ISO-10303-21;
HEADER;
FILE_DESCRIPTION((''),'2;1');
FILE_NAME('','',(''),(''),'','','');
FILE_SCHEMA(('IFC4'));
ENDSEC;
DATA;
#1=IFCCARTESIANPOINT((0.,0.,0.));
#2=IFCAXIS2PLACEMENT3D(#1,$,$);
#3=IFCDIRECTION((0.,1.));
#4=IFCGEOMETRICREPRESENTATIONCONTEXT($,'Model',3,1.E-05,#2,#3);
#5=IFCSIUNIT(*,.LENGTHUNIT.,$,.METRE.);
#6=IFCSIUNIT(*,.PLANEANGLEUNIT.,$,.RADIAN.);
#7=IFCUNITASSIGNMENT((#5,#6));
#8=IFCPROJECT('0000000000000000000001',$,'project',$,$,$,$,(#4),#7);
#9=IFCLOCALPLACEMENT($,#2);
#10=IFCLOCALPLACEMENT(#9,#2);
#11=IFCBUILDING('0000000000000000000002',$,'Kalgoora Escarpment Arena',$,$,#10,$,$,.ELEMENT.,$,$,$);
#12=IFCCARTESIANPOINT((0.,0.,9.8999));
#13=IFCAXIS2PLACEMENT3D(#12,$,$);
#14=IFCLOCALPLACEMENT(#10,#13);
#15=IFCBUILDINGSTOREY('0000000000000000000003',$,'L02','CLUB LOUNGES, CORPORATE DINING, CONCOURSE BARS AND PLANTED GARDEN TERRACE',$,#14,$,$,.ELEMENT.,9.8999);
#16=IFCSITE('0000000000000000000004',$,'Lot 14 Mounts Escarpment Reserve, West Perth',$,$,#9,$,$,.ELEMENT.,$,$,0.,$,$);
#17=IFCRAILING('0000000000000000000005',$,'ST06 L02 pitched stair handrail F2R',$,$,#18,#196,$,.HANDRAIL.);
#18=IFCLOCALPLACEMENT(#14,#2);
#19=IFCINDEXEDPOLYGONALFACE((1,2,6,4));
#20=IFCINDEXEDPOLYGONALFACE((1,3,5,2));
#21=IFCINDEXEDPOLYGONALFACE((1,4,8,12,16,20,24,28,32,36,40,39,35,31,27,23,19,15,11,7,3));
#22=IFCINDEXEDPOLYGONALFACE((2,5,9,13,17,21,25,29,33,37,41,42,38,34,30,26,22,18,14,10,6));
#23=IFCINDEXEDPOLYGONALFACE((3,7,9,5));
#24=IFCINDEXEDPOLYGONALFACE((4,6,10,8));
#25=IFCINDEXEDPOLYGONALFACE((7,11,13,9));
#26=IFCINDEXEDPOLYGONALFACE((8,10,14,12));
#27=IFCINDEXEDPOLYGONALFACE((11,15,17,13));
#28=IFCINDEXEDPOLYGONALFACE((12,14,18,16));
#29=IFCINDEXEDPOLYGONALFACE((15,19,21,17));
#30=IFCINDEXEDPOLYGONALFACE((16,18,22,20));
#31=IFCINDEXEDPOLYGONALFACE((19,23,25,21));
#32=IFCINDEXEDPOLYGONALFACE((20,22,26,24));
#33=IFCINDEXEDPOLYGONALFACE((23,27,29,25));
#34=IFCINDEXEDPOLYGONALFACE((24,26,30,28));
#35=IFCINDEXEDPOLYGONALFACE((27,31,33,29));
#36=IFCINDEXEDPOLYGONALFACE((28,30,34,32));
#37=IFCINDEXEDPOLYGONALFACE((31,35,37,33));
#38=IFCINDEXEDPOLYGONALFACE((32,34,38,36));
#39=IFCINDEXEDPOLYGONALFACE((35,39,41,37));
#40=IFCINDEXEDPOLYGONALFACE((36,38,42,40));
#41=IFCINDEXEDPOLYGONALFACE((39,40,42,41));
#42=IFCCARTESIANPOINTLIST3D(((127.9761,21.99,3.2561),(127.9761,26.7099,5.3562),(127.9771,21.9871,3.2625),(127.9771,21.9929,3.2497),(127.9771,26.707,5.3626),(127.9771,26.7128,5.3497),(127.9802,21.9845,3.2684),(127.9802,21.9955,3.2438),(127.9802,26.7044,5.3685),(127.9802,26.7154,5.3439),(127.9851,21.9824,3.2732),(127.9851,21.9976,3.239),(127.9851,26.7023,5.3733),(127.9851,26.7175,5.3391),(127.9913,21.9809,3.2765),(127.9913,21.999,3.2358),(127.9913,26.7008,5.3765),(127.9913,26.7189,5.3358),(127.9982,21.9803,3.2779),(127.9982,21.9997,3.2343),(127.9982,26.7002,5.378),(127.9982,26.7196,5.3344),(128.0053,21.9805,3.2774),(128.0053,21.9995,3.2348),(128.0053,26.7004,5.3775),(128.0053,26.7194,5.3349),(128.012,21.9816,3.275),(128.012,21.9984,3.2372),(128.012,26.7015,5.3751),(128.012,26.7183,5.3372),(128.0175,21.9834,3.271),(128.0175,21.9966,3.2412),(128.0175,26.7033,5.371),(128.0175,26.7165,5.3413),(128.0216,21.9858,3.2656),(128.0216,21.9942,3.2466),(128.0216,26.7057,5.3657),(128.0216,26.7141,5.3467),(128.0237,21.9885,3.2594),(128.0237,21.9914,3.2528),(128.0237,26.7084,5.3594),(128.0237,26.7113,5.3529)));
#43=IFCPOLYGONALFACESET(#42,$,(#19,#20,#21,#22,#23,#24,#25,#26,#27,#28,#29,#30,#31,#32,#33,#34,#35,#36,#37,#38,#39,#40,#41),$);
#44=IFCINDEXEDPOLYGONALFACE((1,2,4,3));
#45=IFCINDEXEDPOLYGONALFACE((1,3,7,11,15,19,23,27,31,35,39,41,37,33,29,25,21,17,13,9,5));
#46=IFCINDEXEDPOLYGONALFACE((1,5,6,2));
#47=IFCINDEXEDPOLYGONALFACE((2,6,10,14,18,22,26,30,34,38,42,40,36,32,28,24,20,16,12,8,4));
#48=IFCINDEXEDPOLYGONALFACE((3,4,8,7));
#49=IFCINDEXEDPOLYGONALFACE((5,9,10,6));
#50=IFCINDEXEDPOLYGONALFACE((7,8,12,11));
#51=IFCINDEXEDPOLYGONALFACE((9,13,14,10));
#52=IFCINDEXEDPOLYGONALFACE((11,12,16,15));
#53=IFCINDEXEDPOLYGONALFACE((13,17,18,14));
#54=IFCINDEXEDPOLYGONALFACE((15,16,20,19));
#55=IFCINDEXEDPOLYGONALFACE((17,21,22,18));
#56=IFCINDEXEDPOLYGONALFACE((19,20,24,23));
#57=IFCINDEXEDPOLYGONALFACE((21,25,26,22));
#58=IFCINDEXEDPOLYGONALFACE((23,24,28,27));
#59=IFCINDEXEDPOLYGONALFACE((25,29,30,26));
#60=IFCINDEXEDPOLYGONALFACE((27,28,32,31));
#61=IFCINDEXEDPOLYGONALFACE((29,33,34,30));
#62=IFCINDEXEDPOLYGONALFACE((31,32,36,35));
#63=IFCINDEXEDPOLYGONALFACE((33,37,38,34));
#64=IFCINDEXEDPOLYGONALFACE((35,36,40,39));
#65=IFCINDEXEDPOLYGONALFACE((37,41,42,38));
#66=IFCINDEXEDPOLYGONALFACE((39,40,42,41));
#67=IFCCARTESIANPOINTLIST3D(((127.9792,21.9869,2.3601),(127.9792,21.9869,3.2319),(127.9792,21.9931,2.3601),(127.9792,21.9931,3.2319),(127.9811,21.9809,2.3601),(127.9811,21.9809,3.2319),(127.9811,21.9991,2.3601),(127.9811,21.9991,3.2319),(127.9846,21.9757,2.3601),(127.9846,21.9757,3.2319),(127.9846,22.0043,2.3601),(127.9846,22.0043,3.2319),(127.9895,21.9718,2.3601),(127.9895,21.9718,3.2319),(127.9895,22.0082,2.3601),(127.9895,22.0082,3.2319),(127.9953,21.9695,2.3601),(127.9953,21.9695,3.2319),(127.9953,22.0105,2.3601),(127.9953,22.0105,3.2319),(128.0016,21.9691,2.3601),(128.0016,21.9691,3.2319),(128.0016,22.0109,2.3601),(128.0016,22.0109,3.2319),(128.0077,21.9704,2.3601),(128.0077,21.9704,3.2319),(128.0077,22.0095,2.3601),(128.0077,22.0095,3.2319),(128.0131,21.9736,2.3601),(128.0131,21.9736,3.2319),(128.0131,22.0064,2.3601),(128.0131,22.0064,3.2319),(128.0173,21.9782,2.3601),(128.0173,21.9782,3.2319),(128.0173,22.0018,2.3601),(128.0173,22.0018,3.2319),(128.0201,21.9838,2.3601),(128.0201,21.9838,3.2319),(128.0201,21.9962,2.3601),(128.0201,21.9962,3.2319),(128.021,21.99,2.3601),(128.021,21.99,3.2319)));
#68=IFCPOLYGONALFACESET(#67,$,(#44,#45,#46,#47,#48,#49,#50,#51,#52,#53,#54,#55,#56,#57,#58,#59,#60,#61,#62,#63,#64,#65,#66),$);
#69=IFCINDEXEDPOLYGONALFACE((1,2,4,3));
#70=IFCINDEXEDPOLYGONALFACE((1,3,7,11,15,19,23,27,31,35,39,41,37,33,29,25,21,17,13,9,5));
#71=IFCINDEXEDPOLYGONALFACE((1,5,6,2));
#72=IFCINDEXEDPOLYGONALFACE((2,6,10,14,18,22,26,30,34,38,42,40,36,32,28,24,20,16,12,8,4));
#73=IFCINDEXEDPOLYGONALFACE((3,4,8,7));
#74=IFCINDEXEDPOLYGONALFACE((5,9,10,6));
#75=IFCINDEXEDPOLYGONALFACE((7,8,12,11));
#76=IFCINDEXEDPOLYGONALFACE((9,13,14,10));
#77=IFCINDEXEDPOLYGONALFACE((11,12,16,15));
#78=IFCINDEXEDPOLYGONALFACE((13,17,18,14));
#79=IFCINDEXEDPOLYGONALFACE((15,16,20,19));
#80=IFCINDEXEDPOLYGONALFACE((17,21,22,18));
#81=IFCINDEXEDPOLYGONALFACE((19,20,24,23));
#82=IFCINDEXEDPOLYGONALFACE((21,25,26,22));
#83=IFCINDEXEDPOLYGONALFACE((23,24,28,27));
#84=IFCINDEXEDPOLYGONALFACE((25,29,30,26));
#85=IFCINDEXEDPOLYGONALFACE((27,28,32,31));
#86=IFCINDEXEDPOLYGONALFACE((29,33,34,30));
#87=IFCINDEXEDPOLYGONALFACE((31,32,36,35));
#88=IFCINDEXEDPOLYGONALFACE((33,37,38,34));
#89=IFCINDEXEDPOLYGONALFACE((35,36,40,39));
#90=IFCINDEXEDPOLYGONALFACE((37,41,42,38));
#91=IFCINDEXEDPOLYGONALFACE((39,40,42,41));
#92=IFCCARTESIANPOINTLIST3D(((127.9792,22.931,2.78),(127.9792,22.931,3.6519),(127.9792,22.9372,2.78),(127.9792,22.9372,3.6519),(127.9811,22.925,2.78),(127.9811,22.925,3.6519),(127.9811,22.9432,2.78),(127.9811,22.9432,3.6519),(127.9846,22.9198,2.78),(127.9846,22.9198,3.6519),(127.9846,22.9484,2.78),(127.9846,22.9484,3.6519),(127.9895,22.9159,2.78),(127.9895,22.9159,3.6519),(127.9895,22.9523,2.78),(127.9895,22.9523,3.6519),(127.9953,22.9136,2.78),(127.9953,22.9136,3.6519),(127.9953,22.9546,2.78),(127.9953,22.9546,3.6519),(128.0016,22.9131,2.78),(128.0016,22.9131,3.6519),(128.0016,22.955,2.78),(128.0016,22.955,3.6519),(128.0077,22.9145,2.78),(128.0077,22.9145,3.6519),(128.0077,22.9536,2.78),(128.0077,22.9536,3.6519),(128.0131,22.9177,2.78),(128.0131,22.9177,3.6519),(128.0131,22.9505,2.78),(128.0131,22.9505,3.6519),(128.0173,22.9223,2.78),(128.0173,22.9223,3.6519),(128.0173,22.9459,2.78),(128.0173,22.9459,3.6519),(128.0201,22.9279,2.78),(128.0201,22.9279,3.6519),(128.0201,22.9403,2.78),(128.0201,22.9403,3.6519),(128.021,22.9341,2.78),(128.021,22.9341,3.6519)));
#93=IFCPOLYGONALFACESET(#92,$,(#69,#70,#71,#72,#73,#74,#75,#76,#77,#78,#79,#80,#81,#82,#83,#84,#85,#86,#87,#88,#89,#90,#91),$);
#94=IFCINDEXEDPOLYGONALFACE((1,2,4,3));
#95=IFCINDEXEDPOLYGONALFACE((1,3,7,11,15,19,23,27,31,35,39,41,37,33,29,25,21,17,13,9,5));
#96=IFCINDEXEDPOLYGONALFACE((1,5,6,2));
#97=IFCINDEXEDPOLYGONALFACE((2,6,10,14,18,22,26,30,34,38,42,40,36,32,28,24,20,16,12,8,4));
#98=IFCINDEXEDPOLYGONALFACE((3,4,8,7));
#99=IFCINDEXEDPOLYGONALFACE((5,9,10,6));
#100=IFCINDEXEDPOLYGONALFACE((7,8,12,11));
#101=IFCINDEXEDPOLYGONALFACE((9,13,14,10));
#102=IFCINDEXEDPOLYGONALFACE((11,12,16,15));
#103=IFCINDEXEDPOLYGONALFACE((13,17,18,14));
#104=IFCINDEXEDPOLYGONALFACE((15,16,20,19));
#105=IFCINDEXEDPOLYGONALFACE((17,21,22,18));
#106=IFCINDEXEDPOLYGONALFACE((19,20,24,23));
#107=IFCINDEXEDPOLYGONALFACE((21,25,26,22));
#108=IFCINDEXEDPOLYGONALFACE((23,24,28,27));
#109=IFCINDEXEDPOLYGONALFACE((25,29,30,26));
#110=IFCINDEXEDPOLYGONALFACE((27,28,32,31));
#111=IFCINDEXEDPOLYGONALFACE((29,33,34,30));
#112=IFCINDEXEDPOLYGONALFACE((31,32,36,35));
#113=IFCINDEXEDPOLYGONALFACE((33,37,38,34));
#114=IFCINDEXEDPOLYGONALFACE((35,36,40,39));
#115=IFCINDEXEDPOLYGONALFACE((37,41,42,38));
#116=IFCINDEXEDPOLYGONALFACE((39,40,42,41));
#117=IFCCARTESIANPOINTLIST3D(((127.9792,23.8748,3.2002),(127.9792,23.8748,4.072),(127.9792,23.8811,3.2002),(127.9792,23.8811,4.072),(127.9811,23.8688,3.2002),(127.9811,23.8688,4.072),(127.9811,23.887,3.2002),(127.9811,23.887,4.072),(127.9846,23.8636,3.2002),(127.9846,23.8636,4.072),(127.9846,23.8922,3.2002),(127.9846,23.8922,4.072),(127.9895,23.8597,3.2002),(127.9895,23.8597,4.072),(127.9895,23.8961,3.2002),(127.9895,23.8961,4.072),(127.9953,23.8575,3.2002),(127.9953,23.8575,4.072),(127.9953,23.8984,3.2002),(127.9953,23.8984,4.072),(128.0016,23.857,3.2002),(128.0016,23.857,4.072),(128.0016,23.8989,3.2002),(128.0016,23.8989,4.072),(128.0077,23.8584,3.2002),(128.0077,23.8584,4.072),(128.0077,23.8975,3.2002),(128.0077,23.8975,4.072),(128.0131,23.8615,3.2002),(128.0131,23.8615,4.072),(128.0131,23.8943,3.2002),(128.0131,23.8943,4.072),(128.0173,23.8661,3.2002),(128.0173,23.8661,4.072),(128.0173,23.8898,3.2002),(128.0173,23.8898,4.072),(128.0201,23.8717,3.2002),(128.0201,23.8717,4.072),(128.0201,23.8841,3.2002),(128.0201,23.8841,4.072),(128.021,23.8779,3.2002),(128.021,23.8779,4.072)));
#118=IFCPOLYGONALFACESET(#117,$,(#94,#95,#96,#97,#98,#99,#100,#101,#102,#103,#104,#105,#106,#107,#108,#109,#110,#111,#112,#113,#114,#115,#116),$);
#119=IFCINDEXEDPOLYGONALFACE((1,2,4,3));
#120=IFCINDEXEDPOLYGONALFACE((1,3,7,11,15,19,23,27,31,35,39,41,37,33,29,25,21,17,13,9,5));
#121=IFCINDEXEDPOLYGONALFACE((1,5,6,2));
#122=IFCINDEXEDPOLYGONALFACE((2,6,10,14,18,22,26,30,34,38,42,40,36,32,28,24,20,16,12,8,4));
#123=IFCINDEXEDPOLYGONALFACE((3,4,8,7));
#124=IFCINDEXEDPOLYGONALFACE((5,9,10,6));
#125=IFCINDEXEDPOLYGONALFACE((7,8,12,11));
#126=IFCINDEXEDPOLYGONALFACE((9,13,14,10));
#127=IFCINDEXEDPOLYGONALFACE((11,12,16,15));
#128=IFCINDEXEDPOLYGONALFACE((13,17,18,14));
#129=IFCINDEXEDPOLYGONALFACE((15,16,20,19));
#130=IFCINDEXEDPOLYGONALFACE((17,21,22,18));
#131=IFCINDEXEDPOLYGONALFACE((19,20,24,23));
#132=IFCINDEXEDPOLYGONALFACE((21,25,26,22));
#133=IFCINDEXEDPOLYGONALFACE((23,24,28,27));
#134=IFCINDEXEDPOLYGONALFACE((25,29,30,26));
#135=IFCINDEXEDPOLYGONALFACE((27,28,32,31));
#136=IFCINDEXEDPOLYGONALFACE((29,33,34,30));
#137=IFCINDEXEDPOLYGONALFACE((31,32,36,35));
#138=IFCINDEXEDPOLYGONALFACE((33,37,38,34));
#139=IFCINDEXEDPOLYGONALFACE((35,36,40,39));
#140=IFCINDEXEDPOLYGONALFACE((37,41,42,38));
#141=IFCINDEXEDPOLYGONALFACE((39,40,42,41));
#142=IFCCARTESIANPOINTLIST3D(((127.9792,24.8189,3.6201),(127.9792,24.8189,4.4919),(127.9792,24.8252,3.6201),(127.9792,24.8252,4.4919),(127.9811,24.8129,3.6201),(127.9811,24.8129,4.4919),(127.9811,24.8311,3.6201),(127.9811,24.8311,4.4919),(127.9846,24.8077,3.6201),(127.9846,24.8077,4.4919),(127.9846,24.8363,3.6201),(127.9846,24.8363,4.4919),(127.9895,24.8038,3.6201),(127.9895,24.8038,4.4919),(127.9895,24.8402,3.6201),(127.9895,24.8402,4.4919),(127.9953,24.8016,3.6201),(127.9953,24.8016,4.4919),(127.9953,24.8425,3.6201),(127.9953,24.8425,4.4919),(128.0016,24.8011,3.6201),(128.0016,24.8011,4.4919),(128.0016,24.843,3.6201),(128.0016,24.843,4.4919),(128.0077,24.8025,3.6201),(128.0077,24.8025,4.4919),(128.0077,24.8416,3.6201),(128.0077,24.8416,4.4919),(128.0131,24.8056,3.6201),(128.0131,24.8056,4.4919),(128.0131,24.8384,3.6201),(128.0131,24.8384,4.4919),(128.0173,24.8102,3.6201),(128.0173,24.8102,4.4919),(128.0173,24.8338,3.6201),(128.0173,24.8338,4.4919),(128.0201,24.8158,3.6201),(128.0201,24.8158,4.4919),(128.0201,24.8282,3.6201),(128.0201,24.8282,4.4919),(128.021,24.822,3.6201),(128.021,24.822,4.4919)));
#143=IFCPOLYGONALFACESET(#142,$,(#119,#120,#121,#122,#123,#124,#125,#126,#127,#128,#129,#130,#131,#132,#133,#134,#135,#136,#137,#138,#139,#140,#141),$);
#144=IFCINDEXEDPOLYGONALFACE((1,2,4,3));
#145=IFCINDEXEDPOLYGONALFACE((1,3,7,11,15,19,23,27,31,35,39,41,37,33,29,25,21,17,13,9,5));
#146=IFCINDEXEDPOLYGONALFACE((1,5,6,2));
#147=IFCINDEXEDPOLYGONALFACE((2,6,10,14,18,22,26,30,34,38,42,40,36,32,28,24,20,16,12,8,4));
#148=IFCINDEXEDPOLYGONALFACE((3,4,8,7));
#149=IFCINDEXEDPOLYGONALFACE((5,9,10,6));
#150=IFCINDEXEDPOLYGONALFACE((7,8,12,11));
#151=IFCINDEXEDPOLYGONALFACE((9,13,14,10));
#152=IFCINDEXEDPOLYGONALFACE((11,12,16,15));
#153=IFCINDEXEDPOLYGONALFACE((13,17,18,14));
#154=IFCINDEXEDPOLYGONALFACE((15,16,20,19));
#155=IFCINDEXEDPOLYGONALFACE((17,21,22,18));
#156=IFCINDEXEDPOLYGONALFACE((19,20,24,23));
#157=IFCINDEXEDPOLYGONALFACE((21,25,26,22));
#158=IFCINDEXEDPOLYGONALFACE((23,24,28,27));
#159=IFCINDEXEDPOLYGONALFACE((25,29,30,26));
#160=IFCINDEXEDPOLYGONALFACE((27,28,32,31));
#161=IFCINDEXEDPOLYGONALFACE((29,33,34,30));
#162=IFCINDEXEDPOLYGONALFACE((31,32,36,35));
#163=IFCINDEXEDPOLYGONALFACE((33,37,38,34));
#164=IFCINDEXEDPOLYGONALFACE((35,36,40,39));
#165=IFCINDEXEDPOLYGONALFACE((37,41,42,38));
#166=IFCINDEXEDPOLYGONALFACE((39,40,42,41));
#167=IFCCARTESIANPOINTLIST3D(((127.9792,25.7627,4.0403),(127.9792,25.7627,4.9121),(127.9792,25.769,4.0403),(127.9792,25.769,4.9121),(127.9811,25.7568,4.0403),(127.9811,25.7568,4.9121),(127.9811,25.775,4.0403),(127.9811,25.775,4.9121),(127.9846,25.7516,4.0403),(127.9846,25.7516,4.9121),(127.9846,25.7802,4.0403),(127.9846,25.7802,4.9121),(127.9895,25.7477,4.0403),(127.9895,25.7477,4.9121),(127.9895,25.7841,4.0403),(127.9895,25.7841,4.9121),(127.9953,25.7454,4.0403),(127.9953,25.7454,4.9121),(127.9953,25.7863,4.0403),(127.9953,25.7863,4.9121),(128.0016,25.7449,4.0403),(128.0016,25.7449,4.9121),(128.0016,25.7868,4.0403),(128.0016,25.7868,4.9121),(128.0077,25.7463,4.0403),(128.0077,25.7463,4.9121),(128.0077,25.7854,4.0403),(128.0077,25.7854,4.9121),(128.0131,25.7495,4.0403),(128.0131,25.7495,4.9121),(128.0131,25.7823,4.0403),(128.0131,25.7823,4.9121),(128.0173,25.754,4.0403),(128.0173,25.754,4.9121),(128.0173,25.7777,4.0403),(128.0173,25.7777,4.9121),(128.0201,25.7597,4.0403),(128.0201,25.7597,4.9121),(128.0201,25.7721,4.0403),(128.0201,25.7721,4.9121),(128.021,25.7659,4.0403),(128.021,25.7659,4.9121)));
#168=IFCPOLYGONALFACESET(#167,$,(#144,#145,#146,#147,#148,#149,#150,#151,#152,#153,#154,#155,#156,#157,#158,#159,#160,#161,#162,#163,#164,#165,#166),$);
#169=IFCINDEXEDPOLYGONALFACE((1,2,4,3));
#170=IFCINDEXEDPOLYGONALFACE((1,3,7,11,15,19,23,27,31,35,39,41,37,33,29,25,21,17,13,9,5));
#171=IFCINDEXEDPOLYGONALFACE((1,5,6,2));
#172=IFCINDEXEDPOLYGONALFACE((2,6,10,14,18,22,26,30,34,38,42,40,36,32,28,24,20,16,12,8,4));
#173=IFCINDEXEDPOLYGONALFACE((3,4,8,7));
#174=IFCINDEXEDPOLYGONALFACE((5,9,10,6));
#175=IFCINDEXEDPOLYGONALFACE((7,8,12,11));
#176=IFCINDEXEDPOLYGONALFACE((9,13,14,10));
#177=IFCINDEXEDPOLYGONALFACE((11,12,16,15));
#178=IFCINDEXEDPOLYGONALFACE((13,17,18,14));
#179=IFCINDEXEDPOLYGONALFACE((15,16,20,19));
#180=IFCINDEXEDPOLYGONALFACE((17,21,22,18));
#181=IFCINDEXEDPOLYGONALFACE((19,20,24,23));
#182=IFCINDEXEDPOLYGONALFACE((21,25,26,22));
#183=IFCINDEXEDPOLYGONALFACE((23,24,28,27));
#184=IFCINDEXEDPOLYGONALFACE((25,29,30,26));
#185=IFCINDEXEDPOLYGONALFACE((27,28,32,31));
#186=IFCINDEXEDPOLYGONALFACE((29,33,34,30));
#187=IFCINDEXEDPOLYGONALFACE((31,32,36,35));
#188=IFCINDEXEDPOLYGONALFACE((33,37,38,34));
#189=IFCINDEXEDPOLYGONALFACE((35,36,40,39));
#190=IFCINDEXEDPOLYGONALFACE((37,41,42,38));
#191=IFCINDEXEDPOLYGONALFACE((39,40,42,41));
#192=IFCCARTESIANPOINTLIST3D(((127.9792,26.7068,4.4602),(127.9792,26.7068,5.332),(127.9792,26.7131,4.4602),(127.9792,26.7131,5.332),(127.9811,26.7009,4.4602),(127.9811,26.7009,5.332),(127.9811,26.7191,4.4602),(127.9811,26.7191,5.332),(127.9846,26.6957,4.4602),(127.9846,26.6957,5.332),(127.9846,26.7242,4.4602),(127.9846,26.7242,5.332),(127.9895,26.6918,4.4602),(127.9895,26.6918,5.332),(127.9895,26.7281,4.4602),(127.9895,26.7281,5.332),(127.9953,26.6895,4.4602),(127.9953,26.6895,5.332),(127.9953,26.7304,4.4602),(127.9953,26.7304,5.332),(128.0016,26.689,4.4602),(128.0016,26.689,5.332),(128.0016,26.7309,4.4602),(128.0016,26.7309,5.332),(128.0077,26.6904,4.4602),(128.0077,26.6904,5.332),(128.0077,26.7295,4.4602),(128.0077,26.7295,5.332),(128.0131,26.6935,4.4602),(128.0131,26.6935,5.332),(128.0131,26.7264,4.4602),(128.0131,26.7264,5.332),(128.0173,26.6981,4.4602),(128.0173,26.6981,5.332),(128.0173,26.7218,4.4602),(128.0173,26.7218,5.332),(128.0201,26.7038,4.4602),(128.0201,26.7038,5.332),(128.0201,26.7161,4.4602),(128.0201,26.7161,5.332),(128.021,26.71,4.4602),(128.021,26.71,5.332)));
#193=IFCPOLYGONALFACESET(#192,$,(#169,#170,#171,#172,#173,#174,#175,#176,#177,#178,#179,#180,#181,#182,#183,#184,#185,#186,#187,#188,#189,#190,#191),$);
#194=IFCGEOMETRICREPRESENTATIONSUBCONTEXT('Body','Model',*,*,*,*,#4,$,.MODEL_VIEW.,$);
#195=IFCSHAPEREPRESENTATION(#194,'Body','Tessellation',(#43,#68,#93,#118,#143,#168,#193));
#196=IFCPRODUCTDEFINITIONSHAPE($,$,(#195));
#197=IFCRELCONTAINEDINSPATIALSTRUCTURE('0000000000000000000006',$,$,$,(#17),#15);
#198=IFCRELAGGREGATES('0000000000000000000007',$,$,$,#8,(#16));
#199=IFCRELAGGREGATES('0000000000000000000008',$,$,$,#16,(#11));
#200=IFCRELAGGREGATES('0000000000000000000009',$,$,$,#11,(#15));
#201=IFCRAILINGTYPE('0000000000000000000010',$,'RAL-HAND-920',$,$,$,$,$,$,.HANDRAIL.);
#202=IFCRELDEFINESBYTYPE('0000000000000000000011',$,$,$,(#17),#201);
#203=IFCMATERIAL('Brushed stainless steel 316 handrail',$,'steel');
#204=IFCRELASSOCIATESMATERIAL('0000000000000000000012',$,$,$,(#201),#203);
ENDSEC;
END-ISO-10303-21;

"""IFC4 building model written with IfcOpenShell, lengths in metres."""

from ifc_helpers import new_model, si_unit, direction, frame, origin, origin_2d, place, context, subcontext, project, spatial, circle, extrude, material, type_object, element, save


model = new_model("IFC4")

# Units and contexts
model_context = context("Model", 3, precision=1e-05, world=origin(), true_north=direction((0.0, 1.0)))
body_context = subcontext(model_context, "Body", "Model", "MODEL_VIEW")
ifc_project = project(units=[si_unit("LENGTHUNIT", "METRE"), si_unit("PLANEANGLEUNIT", "RADIAN")], contexts=[model_context])

# Site, building, storey
site_placement = place(None, origin())
site = spatial("IfcSite", under=ifc_project, at=site_placement, Name="Lot 14 Mounts Escarpment Reserve, West Perth", CompositionType="ELEMENT", RefElevation=0.0)
building_placement = place(site_placement, origin())
building = spatial("IfcBuilding", under=site, at=building_placement, Name="Kalgoora Escarpment Arena", CompositionType="ELEMENT")
storey_placement = place(building_placement, frame((0.0, 0.0, 9.8999)))
storey = spatial("IfcBuildingStorey", under=building, at=storey_placement, Name="L02", Description="CLUB LOUNGES, CORPORATE DINING, CONCOURSE BARS AND PLANTED GARDEN TERRACE", CompositionType="ELEMENT", Elevation=9.8999)

# Railing
ifc_material_1 = material(Name="Brushed stainless steel 316 handrail", Category="steel")
railing_type_1 = type_object("IfcRailingType", Name="RAL-HAND-920", PredefinedType="HANDRAIL", material=ifc_material_1)
for number, where, name in (
    (1, (128.0, 21.99, 2.3601), "ST06 L02 pitched stair handrail F2R"),
):
    element("IfcRailing", number, at=place(storey_placement, frame(where)), inside=storey, type_object=railing_type_1, Name=name, PredefinedType="HANDRAIL", context=body_context, shape_type="SweptSolid", body=[
        extrude(circle(Radius=0.0239, at=origin_2d()), frame((0.0, 0.0, 0.896), z_axis=(0.0, 0.913644, 0.406516), x_axis=(-1.0, 0.0, 0.0)), (0.0, 0.0, 1.0), 5.166),
        extrude(circle(Radius=0.021, at=origin_2d()), origin(), (0.0, 0.0, 1.0), 0.8718),
        extrude(circle(Radius=0.021, at=origin_2d()), frame((0.0, 0.9441, 0.4199)), (0.0, 0.0, 1.0), 0.8718),
        extrude(circle(Radius=0.021, at=origin_2d()), frame((0.0, 1.8879, 0.8401)), (0.0, 0.0, 1.0), 0.8718),
        extrude(circle(Radius=0.021, at=origin_2d()), frame((0.0, 2.832, 1.26)), (0.0, 0.0, 1.0), 0.8718),
        extrude(circle(Radius=0.021, at=origin_2d()), frame((0.0, 3.7759, 1.6802)), (0.0, 0.0, 1.0), 0.8718),
        extrude(circle(Radius=0.021, at=origin_2d()), frame((0.0, 4.72, 2.1001)), (0.0, 0.0, 1.0), 0.8718),
    ])

save(model, "model.ifc")
